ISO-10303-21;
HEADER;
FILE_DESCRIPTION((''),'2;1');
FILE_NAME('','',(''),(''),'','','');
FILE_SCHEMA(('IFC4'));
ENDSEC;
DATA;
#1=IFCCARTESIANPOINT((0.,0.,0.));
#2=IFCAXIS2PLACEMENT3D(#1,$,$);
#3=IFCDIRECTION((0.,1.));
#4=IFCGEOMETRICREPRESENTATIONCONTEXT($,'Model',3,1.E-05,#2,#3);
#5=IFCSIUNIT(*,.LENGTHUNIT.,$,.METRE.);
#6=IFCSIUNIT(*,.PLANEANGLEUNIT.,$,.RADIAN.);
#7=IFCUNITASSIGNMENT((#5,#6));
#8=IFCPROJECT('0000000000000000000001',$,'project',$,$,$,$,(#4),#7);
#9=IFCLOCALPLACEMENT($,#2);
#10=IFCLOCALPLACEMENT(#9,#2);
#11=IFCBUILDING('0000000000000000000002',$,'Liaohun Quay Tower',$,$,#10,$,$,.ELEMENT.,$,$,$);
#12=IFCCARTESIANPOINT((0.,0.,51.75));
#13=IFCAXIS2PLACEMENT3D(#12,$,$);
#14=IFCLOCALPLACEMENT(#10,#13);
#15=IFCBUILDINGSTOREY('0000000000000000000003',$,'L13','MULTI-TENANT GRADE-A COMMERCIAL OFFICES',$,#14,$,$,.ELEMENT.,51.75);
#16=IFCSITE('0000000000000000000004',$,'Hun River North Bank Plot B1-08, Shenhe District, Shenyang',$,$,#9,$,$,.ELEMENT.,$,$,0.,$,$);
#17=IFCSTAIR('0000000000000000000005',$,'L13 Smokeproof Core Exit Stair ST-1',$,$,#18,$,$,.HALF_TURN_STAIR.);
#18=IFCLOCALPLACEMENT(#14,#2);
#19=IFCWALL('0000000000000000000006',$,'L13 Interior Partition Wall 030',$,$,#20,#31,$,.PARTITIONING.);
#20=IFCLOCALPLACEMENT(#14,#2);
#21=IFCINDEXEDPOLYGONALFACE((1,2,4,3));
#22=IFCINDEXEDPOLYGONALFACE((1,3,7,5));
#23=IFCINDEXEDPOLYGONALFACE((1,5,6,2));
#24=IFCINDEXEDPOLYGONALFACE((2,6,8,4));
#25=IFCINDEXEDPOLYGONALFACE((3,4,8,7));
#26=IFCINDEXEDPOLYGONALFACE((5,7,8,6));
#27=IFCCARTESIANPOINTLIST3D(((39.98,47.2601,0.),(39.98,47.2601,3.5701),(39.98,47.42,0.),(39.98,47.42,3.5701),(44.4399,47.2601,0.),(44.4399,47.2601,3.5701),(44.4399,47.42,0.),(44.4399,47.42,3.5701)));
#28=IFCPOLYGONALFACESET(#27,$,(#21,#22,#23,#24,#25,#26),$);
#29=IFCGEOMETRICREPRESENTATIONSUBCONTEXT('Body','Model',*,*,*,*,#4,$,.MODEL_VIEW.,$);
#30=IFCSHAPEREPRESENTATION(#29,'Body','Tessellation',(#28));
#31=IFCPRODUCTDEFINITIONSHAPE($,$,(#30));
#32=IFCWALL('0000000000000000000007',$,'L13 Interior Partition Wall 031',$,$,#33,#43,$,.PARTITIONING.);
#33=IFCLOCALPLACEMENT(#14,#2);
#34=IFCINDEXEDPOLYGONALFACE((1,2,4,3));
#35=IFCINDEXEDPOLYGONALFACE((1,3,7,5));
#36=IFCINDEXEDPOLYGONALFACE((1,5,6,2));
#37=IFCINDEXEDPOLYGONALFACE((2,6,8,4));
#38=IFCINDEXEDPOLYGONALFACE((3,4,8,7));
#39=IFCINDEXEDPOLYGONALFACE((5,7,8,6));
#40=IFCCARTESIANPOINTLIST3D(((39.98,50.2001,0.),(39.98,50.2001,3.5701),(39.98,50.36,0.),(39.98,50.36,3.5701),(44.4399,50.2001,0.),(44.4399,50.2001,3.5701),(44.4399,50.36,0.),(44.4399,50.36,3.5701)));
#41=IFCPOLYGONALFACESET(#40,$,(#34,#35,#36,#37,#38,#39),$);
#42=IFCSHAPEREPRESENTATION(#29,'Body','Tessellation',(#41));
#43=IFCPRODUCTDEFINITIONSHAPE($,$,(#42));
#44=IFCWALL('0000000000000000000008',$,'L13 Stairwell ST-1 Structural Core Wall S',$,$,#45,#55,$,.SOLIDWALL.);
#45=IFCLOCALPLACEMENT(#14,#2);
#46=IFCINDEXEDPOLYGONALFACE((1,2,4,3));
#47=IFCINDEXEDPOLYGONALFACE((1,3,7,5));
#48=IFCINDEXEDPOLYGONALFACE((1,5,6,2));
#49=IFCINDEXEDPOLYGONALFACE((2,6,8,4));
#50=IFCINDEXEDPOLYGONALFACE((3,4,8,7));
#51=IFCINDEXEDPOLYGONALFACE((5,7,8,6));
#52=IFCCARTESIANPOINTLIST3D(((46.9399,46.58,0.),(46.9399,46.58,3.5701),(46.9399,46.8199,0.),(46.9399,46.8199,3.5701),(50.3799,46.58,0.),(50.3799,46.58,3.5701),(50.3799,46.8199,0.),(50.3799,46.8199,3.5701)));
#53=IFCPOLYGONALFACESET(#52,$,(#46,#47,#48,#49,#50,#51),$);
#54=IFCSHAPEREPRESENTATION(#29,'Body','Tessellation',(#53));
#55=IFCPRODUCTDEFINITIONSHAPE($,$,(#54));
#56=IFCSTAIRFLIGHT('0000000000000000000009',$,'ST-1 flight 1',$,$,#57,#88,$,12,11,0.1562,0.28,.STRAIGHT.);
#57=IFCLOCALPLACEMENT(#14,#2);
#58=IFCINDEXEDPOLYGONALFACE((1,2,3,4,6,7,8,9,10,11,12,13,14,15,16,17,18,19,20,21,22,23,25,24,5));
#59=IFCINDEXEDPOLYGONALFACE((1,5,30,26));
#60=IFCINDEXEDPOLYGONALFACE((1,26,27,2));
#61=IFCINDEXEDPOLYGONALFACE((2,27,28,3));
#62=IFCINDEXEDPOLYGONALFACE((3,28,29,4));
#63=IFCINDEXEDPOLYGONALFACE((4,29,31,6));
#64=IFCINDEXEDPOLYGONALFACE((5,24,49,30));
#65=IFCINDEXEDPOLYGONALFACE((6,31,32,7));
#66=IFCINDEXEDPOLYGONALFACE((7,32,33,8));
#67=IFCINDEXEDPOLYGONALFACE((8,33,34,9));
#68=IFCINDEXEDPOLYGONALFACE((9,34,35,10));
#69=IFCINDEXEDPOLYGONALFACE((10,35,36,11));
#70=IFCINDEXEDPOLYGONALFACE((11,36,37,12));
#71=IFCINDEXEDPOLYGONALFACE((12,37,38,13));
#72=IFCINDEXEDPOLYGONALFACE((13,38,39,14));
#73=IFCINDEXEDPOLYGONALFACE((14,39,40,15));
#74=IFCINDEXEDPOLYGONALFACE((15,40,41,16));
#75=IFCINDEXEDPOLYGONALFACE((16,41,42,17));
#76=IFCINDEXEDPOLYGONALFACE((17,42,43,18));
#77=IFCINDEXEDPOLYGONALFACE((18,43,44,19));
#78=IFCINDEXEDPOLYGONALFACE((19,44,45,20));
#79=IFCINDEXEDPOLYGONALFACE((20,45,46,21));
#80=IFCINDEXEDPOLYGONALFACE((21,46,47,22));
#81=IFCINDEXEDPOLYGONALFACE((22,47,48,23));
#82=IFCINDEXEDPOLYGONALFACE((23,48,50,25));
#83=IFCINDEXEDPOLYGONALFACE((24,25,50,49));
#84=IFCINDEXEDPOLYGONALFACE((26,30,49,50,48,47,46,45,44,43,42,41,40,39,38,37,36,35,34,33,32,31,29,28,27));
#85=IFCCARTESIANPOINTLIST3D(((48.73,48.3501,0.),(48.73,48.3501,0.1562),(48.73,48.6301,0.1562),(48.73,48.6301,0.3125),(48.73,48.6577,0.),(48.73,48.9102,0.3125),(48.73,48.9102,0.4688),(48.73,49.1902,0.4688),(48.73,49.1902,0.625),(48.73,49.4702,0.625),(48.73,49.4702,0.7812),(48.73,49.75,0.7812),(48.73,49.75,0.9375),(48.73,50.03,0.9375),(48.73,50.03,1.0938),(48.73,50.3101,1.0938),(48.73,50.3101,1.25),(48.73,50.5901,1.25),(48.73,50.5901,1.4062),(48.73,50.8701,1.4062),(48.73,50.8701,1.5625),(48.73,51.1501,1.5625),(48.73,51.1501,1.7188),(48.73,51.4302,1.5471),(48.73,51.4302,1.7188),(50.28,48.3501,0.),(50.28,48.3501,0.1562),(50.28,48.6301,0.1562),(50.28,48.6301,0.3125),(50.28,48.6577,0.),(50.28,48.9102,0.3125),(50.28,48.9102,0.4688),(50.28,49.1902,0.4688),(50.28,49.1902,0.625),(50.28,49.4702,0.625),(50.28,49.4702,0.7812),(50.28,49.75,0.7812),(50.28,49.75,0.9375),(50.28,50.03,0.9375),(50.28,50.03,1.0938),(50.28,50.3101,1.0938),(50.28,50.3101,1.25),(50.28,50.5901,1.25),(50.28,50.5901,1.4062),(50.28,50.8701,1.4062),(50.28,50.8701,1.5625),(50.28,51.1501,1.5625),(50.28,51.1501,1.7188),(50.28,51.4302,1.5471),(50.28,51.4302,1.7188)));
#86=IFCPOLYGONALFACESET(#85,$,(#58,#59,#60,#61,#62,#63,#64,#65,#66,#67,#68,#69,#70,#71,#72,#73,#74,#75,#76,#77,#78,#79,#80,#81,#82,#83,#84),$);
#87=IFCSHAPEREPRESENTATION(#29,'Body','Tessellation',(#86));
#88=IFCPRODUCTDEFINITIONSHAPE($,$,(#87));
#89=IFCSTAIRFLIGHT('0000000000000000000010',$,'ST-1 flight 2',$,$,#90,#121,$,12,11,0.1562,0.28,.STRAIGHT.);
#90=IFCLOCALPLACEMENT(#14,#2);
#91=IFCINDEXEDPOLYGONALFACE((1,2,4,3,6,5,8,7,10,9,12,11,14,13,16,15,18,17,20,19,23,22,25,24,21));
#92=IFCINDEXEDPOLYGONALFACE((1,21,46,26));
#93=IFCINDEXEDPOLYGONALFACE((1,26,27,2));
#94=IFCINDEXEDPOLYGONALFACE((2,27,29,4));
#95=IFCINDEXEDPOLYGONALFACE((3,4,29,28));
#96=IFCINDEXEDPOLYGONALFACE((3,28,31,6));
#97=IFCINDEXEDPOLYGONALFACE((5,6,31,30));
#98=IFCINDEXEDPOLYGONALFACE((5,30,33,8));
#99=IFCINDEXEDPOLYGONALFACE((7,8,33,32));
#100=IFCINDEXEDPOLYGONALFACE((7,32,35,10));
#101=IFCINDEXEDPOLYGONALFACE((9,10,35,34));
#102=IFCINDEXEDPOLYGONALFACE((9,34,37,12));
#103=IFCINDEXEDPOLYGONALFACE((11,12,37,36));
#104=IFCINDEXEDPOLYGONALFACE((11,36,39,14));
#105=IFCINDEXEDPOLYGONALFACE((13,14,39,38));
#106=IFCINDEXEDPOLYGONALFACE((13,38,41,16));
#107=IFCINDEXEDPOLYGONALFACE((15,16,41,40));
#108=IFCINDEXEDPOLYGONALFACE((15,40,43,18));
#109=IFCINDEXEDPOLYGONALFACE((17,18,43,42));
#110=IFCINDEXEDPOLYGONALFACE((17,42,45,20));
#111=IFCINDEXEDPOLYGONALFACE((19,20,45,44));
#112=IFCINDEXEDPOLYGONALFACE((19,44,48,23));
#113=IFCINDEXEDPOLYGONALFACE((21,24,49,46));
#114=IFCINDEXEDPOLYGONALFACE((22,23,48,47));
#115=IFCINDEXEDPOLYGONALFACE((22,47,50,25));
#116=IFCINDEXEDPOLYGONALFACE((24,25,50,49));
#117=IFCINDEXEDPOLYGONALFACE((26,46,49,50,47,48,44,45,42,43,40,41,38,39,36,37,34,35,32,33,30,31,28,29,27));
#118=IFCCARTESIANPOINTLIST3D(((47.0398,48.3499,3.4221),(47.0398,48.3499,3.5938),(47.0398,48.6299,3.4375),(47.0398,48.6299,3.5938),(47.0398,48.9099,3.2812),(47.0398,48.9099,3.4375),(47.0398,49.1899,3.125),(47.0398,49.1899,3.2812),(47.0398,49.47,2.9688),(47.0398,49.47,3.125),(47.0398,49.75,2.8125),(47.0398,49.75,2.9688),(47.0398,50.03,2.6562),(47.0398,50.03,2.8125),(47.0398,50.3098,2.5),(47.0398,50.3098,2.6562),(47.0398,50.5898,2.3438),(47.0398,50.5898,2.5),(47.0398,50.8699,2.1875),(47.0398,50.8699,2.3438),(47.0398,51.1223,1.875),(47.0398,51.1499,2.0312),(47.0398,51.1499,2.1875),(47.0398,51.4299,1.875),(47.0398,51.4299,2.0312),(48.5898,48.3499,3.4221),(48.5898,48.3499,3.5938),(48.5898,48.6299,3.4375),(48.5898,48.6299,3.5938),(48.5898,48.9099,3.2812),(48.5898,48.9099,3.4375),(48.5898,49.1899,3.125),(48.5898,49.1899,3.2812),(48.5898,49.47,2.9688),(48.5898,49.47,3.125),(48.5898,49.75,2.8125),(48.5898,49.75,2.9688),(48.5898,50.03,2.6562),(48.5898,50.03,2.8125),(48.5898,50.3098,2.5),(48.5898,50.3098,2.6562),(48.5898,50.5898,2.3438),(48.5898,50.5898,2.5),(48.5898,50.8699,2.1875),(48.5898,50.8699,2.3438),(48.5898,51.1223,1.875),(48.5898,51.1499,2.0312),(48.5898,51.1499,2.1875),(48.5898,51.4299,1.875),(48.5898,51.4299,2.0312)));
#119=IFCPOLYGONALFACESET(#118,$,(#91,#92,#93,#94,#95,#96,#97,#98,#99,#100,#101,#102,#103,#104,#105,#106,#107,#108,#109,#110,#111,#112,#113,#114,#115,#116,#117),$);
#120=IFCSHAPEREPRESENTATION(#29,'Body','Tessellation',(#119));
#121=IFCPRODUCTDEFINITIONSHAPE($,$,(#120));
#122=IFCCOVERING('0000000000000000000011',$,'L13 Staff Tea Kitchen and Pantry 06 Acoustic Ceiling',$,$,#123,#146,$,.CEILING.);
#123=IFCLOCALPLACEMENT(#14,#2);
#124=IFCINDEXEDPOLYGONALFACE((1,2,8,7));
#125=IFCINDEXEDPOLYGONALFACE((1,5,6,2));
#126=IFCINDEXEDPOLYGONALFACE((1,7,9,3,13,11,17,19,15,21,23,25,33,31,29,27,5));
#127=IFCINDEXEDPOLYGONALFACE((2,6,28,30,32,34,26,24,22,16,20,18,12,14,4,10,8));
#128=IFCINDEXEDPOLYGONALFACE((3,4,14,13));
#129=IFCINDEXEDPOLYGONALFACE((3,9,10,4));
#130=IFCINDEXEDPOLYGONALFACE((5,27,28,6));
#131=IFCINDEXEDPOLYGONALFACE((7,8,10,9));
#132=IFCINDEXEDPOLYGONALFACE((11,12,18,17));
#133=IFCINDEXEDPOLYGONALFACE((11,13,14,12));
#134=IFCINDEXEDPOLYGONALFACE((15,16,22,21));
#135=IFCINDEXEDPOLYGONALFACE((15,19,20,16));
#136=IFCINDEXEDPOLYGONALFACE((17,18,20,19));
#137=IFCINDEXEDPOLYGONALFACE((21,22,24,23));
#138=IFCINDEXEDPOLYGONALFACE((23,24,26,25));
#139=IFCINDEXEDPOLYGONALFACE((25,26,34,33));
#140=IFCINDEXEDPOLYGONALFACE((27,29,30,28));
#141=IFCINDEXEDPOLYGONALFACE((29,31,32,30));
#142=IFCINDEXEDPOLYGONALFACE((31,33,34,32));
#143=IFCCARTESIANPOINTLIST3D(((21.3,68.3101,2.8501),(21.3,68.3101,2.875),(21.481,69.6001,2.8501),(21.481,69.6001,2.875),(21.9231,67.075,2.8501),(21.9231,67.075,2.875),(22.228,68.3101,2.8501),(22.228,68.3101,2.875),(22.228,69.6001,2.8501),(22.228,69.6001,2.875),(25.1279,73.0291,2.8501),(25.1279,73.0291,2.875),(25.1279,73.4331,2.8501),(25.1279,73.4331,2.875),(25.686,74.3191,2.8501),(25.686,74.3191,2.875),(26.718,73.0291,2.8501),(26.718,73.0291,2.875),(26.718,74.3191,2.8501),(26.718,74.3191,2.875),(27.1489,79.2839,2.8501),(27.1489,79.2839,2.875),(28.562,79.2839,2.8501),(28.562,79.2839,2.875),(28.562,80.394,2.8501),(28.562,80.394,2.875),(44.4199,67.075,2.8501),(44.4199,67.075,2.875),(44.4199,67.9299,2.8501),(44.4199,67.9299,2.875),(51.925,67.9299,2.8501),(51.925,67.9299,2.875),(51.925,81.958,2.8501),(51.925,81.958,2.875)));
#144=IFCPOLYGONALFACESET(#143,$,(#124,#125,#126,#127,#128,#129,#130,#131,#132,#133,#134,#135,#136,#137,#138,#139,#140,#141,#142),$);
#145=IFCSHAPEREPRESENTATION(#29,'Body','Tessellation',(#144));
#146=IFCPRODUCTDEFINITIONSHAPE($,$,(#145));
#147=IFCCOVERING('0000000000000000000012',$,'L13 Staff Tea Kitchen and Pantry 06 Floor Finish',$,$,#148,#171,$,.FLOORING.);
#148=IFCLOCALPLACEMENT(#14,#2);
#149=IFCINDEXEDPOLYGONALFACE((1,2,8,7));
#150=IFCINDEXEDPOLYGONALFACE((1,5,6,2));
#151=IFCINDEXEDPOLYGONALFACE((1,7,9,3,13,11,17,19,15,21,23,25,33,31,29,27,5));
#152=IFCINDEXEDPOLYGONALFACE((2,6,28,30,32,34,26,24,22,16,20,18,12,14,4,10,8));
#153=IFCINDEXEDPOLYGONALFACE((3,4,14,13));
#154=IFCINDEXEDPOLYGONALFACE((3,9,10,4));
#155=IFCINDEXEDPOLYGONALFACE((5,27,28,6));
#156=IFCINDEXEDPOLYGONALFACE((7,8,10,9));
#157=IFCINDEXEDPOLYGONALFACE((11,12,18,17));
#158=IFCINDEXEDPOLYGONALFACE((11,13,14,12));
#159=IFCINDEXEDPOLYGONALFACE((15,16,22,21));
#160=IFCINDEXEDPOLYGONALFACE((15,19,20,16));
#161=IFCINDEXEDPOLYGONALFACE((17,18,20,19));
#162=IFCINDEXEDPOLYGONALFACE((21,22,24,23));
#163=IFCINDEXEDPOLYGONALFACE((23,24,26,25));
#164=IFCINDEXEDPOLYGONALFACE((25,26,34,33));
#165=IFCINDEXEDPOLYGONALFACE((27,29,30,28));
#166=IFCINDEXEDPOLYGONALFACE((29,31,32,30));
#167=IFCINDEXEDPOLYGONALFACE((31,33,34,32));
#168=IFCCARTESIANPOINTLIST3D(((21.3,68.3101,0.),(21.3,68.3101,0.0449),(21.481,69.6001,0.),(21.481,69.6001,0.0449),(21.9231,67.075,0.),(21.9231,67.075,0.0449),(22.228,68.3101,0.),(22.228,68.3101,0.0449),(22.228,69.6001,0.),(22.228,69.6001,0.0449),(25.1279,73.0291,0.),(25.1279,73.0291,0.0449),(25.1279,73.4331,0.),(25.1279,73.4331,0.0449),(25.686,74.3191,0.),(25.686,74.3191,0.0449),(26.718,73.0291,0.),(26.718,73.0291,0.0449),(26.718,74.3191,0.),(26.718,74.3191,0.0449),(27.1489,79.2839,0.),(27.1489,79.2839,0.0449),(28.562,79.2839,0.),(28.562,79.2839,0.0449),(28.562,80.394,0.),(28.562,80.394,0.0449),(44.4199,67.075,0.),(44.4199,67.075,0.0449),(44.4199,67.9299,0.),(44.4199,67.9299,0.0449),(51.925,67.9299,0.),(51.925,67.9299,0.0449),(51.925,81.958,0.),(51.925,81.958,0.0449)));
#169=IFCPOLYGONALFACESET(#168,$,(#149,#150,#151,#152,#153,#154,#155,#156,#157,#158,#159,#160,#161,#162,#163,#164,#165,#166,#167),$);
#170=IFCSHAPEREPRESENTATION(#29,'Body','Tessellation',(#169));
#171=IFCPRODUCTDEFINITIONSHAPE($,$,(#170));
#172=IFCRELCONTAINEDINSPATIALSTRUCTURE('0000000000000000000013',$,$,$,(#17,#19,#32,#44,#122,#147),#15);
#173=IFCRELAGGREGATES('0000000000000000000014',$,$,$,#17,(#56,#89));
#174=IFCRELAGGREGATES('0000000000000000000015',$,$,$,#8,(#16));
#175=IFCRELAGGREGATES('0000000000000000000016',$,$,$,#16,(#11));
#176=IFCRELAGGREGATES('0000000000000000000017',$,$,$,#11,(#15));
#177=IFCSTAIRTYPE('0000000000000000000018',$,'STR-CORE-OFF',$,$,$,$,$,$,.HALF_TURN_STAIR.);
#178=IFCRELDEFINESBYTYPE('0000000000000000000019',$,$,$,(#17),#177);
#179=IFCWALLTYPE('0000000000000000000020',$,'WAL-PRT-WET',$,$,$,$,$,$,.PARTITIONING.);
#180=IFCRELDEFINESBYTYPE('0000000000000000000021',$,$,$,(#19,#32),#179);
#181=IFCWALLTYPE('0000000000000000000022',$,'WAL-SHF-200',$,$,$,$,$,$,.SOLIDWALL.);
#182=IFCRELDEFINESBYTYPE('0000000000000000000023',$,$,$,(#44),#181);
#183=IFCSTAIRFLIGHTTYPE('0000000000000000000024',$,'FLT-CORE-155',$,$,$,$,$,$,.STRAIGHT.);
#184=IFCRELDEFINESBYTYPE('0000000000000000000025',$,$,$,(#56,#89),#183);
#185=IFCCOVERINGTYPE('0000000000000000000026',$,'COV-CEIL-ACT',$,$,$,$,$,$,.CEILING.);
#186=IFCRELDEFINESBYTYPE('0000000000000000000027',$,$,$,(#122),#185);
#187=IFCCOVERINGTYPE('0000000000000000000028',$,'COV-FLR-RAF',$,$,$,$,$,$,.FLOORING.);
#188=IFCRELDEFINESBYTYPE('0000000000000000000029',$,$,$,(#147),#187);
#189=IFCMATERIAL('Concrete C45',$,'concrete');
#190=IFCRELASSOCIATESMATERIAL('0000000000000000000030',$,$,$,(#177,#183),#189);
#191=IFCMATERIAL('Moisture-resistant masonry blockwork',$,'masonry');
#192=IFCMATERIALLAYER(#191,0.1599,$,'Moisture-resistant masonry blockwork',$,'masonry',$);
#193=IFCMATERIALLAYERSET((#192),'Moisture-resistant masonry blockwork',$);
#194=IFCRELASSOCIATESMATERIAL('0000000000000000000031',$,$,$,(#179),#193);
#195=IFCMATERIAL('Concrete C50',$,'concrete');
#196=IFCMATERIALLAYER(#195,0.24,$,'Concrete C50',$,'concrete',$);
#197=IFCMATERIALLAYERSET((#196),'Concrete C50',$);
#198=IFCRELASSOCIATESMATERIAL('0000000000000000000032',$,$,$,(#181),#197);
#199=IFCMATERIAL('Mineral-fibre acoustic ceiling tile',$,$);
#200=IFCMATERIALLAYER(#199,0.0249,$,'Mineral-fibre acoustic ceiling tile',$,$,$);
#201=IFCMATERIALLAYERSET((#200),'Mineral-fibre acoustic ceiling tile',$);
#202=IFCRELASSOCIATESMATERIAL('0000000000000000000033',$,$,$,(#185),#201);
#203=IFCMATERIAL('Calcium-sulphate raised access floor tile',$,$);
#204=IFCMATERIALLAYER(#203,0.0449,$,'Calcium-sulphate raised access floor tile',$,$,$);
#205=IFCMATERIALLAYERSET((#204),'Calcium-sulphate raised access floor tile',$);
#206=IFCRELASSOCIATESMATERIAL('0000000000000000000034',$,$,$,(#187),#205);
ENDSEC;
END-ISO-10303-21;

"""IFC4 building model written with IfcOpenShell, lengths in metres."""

from ifc_helpers import new_model, si_unit, direction, frame, frame_2d, origin, place, context, subcontext, project, spatial, polyline, rectangle, outline, extrude, material, layer, layer_set, type_object, element, aggregate, save


model = new_model("IFC4")

# Units and contexts
model_context = context("Model", 3, precision=1e-05, world=origin(), true_north=direction((0.0, 1.0)))
body_context = subcontext(model_context, "Body", "Model", "MODEL_VIEW")
ifc_project = project(units=[si_unit("LENGTHUNIT", "METRE"), si_unit("PLANEANGLEUNIT", "RADIAN")], contexts=[model_context])

# Site, building, storey
site_placement = place(None, origin())
site = spatial("IfcSite", under=ifc_project, at=site_placement, Name="Hun River North Bank Plot B1-08, Shenhe District, Shenyang", CompositionType="ELEMENT", RefElevation=0.0)
building_placement = place(site_placement, origin())
building = spatial("IfcBuilding", under=site, at=building_placement, Name="Liaohun Quay Tower", CompositionType="ELEMENT")
storey_placement = place(building_placement, frame((0.0, 0.0, 51.75)))
storey = spatial("IfcBuildingStorey", under=building, at=storey_placement, Name="L13", Description="MULTI-TENANT GRADE-A COMMERCIAL OFFICES", CompositionType="ELEMENT", Elevation=51.75)

# Stair
ifc_material_1 = material(Name="Concrete C45", Category="concrete")
stair_type = type_object("IfcStairType", Name="STR-CORE-OFF", PredefinedType="HALF_TURN_STAIR", material=ifc_material_1)
stair_1_placement = place(storey_placement, origin())
stair_1 = element("IfcStair", 1, at=stair_1_placement, inside=storey, type_object=stair_type, Name="L13 Smokeproof Core Exit Stair ST-1", PredefinedType="HALF_TURN_STAIR")

# Shared definitions
ifc_material_2 = material(Name="Moisture-resistant masonry blockwork", Category="masonry")
ifc_layer_1 = layer(ifc_material_2, 0.1599, Name="Moisture-resistant masonry blockwork", Category="masonry")
ifc_layer_set_1 = layer_set([ifc_layer_1], Name="Moisture-resistant masonry blockwork")
wall_type_1 = type_object("IfcWallType", Name="WAL-PRT-WET", PredefinedType="PARTITIONING", material=ifc_layer_set_1)

# Walls
for number, where, z_axis, x_axis, name in (
    (2, (39.98, 47.3401, 0.0), (0.0, 0.0, 1.0), (1.0, 0.0, 0.0), "L13 Interior Partition Wall 030"),
    (3, (39.98, 50.28, 0.0), (0.0, 0.0, 1.0), (1.0, 0.0, 0.0), "L13 Interior Partition Wall 031"),
):
    element("IfcWall", number, at=place(storey_placement, frame(where, z_axis=z_axis, x_axis=x_axis)), inside=storey, type_object=wall_type_1, Name=name, PredefinedType="PARTITIONING", context=body_context, shape_type="SweptSolid", body=[
        extrude(rectangle(XDim=4.46, YDim=0.1599, at=frame_2d((2.23, 0.0))), origin(), (0.0, 0.0, 1.0), 3.5701),
    ])
ifc_material_3 = material(Name="Concrete C50", Category="concrete")
ifc_layer_2 = layer(ifc_material_3, 0.24, Name="Concrete C50", Category="concrete")
ifc_layer_set_2 = layer_set([ifc_layer_2], Name="Concrete C50")
wall_type_2 = type_object("IfcWallType", Name="WAL-SHF-200", PredefinedType="SOLIDWALL", material=ifc_layer_set_2)
wall_1_placement = place(storey_placement, frame((46.9399, 46.7, 0.0), z_axis=(0.0, 0.0, 1.0), x_axis=(1.0, 0.0, 0.0)))
element("IfcWall", 4, at=wall_1_placement, inside=storey, type_object=wall_type_2, Name="L13 Stairwell ST-1 Structural Core Wall S", PredefinedType="SOLIDWALL", context=body_context, shape_type="SweptSolid", body=[
    extrude(rectangle(XDim=3.4399, YDim=0.24, at=frame_2d((1.72, 0.0))), origin(), (0.0, 0.0, 1.0), 3.5701),
])

# Stair flights
stair_flight_type = type_object("IfcStairFlightType", Name="FLT-CORE-155", PredefinedType="STRAIGHT", material=ifc_material_1)
stair_flight_1_placement = place(storey_placement, frame((49.5049, 48.3501, 0.0), z_axis=(0.0, 0.0, 1.0), x_axis=(0.0, 1.0, 0.0)))
stair_flight_1 = element("IfcStairFlight", 5, at=stair_flight_1_placement, type_object=stair_flight_type, Name="ST-1 flight 1", NumberOfRisers=12, NumberOfTreads=11, PredefinedType="STRAIGHT", RiserHeight=0.1562, TreadLength=0.28, context=body_context, shape_type="SweptSolid", body=[
    extrude(outline(polyline([(0.0, 0.0), (0.0, 0.1562), (0.28, 0.1562), (0.28, 0.3125), (0.5601, 0.3125), (0.5601, 0.4688), (0.8401, 0.4688), (0.8401, 0.625), (1.1201, 0.625), (1.1201, 0.7812), (1.3999, 0.7812), (1.3999, 0.9375), (1.6799, 0.9375), (1.6799, 1.0938), (1.96, 1.0938), (1.96, 1.25), (2.24, 1.25), (2.24, 1.4062), (2.52, 1.4062), (2.52, 1.5625), (2.8, 1.5625), (2.8, 1.7188), (3.0801, 1.7188), (3.0801, 1.875), (3.0801, 1.5471), (0.3076, 0.0), (0.0, 0.0)])), frame((0.0, 0.7749, 0.0), z_axis=(0.0, -1.0, 0.0), x_axis=(1.0, 0.0, 0.0)), (0.0, 0.0, 1.0), 1.55),
])
stair_flight_2_placement = place(storey_placement, frame((47.8149, 51.4299, 1.875), z_axis=(0.0, 0.0, 1.0), x_axis=(0.0, -1.0, 0.0)))
stair_flight_2 = element("IfcStairFlight", 6, at=stair_flight_2_placement, type_object=stair_flight_type, Name="ST-1 flight 2", NumberOfRisers=12, NumberOfTreads=11, PredefinedType="STRAIGHT", RiserHeight=0.1562, TreadLength=0.28, context=body_context, shape_type="SweptSolid", body=[
    extrude(outline(polyline([(0.0, 0.0), (0.0, 0.1562), (0.28, 0.1562), (0.28, 0.3125), (0.5601, 0.3125), (0.5601, 0.4688), (0.8401, 0.4688), (0.8401, 0.625), (1.1201, 0.625), (1.1201, 0.7812), (1.3999, 0.7812), (1.3999, 0.9375), (1.6799, 0.9375), (1.6799, 1.0938), (1.96, 1.0938), (1.96, 1.25), (2.24, 1.25), (2.24, 1.4062), (2.52, 1.4062), (2.52, 1.5625), (2.8, 1.5625), (2.8, 1.7188), (3.0801, 1.7188), (3.0801, 1.875), (3.0801, 1.5471), (0.3076, 0.0), (0.0, 0.0)])), frame((0.0, 0.7749, 0.0), z_axis=(0.0, -1.0, 0.0), x_axis=(1.0, 0.0, 0.0)), (0.0, 0.0, 1.0), 1.55),
])
aggregate(stair_1, [stair_flight_1, stair_flight_2])

# Coverings
ifc_material_4 = material(Name="Mineral-fibre acoustic ceiling tile")
ifc_layer_3 = layer(ifc_material_4, 0.0249, Name="Mineral-fibre acoustic ceiling tile")
ifc_layer_set_3 = layer_set([ifc_layer_3], Name="Mineral-fibre acoustic ceiling tile")
covering_type_1 = type_object("IfcCoveringType", Name="COV-CEIL-ACT", PredefinedType="CEILING", material=ifc_layer_set_3)
covering_1_placement = place(storey_placement, frame((0.0, 0.0, 2.8501)))
element("IfcCovering", 7, at=covering_1_placement, inside=storey, type_object=covering_type_1, Name="L13 Staff Tea Kitchen and Pantry 06 Acoustic Ceiling", PredefinedType="CEILING", context=body_context, shape_type="SweptSolid", body=[
    extrude(outline(polyline([(21.481, 69.6001), (22.228, 69.6001), (22.228, 68.3101), (21.3, 68.3101), (21.9231, 67.075), (44.4199, 67.075), (44.4199, 67.9299), (51.925, 67.9299), (51.925, 81.958), (28.562, 80.394), (28.562, 79.2839), (27.1489, 79.2839), (25.686, 74.3191), (26.718, 74.3191), (26.718, 73.0291), (25.1279, 73.0291), (25.1279, 73.4331), (21.481, 69.6001)])), origin(), (0.0, 0.0, 1.0), 0.0249),
])
ifc_material_5 = material(Name="Calcium-sulphate raised access floor tile")
ifc_layer_4 = layer(ifc_material_5, 0.0449, Name="Calcium-sulphate raised access floor tile")
ifc_layer_set_4 = layer_set([ifc_layer_4], Name="Calcium-sulphate raised access floor tile")
covering_type_2 = type_object("IfcCoveringType", Name="COV-FLR-RAF", PredefinedType="FLOORING", material=ifc_layer_set_4)
covering_2_placement = place(storey_placement, origin())
element("IfcCovering", 8, at=covering_2_placement, inside=storey, type_object=covering_type_2, Name="L13 Staff Tea Kitchen and Pantry 06 Floor Finish", PredefinedType="FLOORING", context=body_context, shape_type="SweptSolid", body=[
    extrude(outline(polyline([(21.481, 69.6001), (22.228, 69.6001), (22.228, 68.3101), (21.3, 68.3101), (21.9231, 67.075), (44.4199, 67.075), (44.4199, 67.9299), (51.925, 67.9299), (51.925, 81.958), (28.562, 80.394), (28.562, 79.2839), (27.1489, 79.2839), (25.686, 74.3191), (26.718, 74.3191), (26.718, 73.0291), (25.1279, 73.0291), (25.1279, 73.4331), (21.481, 69.6001)])), origin(), (0.0, 0.0, 1.0), 0.0449),
])

save(model, "model.ifc")
